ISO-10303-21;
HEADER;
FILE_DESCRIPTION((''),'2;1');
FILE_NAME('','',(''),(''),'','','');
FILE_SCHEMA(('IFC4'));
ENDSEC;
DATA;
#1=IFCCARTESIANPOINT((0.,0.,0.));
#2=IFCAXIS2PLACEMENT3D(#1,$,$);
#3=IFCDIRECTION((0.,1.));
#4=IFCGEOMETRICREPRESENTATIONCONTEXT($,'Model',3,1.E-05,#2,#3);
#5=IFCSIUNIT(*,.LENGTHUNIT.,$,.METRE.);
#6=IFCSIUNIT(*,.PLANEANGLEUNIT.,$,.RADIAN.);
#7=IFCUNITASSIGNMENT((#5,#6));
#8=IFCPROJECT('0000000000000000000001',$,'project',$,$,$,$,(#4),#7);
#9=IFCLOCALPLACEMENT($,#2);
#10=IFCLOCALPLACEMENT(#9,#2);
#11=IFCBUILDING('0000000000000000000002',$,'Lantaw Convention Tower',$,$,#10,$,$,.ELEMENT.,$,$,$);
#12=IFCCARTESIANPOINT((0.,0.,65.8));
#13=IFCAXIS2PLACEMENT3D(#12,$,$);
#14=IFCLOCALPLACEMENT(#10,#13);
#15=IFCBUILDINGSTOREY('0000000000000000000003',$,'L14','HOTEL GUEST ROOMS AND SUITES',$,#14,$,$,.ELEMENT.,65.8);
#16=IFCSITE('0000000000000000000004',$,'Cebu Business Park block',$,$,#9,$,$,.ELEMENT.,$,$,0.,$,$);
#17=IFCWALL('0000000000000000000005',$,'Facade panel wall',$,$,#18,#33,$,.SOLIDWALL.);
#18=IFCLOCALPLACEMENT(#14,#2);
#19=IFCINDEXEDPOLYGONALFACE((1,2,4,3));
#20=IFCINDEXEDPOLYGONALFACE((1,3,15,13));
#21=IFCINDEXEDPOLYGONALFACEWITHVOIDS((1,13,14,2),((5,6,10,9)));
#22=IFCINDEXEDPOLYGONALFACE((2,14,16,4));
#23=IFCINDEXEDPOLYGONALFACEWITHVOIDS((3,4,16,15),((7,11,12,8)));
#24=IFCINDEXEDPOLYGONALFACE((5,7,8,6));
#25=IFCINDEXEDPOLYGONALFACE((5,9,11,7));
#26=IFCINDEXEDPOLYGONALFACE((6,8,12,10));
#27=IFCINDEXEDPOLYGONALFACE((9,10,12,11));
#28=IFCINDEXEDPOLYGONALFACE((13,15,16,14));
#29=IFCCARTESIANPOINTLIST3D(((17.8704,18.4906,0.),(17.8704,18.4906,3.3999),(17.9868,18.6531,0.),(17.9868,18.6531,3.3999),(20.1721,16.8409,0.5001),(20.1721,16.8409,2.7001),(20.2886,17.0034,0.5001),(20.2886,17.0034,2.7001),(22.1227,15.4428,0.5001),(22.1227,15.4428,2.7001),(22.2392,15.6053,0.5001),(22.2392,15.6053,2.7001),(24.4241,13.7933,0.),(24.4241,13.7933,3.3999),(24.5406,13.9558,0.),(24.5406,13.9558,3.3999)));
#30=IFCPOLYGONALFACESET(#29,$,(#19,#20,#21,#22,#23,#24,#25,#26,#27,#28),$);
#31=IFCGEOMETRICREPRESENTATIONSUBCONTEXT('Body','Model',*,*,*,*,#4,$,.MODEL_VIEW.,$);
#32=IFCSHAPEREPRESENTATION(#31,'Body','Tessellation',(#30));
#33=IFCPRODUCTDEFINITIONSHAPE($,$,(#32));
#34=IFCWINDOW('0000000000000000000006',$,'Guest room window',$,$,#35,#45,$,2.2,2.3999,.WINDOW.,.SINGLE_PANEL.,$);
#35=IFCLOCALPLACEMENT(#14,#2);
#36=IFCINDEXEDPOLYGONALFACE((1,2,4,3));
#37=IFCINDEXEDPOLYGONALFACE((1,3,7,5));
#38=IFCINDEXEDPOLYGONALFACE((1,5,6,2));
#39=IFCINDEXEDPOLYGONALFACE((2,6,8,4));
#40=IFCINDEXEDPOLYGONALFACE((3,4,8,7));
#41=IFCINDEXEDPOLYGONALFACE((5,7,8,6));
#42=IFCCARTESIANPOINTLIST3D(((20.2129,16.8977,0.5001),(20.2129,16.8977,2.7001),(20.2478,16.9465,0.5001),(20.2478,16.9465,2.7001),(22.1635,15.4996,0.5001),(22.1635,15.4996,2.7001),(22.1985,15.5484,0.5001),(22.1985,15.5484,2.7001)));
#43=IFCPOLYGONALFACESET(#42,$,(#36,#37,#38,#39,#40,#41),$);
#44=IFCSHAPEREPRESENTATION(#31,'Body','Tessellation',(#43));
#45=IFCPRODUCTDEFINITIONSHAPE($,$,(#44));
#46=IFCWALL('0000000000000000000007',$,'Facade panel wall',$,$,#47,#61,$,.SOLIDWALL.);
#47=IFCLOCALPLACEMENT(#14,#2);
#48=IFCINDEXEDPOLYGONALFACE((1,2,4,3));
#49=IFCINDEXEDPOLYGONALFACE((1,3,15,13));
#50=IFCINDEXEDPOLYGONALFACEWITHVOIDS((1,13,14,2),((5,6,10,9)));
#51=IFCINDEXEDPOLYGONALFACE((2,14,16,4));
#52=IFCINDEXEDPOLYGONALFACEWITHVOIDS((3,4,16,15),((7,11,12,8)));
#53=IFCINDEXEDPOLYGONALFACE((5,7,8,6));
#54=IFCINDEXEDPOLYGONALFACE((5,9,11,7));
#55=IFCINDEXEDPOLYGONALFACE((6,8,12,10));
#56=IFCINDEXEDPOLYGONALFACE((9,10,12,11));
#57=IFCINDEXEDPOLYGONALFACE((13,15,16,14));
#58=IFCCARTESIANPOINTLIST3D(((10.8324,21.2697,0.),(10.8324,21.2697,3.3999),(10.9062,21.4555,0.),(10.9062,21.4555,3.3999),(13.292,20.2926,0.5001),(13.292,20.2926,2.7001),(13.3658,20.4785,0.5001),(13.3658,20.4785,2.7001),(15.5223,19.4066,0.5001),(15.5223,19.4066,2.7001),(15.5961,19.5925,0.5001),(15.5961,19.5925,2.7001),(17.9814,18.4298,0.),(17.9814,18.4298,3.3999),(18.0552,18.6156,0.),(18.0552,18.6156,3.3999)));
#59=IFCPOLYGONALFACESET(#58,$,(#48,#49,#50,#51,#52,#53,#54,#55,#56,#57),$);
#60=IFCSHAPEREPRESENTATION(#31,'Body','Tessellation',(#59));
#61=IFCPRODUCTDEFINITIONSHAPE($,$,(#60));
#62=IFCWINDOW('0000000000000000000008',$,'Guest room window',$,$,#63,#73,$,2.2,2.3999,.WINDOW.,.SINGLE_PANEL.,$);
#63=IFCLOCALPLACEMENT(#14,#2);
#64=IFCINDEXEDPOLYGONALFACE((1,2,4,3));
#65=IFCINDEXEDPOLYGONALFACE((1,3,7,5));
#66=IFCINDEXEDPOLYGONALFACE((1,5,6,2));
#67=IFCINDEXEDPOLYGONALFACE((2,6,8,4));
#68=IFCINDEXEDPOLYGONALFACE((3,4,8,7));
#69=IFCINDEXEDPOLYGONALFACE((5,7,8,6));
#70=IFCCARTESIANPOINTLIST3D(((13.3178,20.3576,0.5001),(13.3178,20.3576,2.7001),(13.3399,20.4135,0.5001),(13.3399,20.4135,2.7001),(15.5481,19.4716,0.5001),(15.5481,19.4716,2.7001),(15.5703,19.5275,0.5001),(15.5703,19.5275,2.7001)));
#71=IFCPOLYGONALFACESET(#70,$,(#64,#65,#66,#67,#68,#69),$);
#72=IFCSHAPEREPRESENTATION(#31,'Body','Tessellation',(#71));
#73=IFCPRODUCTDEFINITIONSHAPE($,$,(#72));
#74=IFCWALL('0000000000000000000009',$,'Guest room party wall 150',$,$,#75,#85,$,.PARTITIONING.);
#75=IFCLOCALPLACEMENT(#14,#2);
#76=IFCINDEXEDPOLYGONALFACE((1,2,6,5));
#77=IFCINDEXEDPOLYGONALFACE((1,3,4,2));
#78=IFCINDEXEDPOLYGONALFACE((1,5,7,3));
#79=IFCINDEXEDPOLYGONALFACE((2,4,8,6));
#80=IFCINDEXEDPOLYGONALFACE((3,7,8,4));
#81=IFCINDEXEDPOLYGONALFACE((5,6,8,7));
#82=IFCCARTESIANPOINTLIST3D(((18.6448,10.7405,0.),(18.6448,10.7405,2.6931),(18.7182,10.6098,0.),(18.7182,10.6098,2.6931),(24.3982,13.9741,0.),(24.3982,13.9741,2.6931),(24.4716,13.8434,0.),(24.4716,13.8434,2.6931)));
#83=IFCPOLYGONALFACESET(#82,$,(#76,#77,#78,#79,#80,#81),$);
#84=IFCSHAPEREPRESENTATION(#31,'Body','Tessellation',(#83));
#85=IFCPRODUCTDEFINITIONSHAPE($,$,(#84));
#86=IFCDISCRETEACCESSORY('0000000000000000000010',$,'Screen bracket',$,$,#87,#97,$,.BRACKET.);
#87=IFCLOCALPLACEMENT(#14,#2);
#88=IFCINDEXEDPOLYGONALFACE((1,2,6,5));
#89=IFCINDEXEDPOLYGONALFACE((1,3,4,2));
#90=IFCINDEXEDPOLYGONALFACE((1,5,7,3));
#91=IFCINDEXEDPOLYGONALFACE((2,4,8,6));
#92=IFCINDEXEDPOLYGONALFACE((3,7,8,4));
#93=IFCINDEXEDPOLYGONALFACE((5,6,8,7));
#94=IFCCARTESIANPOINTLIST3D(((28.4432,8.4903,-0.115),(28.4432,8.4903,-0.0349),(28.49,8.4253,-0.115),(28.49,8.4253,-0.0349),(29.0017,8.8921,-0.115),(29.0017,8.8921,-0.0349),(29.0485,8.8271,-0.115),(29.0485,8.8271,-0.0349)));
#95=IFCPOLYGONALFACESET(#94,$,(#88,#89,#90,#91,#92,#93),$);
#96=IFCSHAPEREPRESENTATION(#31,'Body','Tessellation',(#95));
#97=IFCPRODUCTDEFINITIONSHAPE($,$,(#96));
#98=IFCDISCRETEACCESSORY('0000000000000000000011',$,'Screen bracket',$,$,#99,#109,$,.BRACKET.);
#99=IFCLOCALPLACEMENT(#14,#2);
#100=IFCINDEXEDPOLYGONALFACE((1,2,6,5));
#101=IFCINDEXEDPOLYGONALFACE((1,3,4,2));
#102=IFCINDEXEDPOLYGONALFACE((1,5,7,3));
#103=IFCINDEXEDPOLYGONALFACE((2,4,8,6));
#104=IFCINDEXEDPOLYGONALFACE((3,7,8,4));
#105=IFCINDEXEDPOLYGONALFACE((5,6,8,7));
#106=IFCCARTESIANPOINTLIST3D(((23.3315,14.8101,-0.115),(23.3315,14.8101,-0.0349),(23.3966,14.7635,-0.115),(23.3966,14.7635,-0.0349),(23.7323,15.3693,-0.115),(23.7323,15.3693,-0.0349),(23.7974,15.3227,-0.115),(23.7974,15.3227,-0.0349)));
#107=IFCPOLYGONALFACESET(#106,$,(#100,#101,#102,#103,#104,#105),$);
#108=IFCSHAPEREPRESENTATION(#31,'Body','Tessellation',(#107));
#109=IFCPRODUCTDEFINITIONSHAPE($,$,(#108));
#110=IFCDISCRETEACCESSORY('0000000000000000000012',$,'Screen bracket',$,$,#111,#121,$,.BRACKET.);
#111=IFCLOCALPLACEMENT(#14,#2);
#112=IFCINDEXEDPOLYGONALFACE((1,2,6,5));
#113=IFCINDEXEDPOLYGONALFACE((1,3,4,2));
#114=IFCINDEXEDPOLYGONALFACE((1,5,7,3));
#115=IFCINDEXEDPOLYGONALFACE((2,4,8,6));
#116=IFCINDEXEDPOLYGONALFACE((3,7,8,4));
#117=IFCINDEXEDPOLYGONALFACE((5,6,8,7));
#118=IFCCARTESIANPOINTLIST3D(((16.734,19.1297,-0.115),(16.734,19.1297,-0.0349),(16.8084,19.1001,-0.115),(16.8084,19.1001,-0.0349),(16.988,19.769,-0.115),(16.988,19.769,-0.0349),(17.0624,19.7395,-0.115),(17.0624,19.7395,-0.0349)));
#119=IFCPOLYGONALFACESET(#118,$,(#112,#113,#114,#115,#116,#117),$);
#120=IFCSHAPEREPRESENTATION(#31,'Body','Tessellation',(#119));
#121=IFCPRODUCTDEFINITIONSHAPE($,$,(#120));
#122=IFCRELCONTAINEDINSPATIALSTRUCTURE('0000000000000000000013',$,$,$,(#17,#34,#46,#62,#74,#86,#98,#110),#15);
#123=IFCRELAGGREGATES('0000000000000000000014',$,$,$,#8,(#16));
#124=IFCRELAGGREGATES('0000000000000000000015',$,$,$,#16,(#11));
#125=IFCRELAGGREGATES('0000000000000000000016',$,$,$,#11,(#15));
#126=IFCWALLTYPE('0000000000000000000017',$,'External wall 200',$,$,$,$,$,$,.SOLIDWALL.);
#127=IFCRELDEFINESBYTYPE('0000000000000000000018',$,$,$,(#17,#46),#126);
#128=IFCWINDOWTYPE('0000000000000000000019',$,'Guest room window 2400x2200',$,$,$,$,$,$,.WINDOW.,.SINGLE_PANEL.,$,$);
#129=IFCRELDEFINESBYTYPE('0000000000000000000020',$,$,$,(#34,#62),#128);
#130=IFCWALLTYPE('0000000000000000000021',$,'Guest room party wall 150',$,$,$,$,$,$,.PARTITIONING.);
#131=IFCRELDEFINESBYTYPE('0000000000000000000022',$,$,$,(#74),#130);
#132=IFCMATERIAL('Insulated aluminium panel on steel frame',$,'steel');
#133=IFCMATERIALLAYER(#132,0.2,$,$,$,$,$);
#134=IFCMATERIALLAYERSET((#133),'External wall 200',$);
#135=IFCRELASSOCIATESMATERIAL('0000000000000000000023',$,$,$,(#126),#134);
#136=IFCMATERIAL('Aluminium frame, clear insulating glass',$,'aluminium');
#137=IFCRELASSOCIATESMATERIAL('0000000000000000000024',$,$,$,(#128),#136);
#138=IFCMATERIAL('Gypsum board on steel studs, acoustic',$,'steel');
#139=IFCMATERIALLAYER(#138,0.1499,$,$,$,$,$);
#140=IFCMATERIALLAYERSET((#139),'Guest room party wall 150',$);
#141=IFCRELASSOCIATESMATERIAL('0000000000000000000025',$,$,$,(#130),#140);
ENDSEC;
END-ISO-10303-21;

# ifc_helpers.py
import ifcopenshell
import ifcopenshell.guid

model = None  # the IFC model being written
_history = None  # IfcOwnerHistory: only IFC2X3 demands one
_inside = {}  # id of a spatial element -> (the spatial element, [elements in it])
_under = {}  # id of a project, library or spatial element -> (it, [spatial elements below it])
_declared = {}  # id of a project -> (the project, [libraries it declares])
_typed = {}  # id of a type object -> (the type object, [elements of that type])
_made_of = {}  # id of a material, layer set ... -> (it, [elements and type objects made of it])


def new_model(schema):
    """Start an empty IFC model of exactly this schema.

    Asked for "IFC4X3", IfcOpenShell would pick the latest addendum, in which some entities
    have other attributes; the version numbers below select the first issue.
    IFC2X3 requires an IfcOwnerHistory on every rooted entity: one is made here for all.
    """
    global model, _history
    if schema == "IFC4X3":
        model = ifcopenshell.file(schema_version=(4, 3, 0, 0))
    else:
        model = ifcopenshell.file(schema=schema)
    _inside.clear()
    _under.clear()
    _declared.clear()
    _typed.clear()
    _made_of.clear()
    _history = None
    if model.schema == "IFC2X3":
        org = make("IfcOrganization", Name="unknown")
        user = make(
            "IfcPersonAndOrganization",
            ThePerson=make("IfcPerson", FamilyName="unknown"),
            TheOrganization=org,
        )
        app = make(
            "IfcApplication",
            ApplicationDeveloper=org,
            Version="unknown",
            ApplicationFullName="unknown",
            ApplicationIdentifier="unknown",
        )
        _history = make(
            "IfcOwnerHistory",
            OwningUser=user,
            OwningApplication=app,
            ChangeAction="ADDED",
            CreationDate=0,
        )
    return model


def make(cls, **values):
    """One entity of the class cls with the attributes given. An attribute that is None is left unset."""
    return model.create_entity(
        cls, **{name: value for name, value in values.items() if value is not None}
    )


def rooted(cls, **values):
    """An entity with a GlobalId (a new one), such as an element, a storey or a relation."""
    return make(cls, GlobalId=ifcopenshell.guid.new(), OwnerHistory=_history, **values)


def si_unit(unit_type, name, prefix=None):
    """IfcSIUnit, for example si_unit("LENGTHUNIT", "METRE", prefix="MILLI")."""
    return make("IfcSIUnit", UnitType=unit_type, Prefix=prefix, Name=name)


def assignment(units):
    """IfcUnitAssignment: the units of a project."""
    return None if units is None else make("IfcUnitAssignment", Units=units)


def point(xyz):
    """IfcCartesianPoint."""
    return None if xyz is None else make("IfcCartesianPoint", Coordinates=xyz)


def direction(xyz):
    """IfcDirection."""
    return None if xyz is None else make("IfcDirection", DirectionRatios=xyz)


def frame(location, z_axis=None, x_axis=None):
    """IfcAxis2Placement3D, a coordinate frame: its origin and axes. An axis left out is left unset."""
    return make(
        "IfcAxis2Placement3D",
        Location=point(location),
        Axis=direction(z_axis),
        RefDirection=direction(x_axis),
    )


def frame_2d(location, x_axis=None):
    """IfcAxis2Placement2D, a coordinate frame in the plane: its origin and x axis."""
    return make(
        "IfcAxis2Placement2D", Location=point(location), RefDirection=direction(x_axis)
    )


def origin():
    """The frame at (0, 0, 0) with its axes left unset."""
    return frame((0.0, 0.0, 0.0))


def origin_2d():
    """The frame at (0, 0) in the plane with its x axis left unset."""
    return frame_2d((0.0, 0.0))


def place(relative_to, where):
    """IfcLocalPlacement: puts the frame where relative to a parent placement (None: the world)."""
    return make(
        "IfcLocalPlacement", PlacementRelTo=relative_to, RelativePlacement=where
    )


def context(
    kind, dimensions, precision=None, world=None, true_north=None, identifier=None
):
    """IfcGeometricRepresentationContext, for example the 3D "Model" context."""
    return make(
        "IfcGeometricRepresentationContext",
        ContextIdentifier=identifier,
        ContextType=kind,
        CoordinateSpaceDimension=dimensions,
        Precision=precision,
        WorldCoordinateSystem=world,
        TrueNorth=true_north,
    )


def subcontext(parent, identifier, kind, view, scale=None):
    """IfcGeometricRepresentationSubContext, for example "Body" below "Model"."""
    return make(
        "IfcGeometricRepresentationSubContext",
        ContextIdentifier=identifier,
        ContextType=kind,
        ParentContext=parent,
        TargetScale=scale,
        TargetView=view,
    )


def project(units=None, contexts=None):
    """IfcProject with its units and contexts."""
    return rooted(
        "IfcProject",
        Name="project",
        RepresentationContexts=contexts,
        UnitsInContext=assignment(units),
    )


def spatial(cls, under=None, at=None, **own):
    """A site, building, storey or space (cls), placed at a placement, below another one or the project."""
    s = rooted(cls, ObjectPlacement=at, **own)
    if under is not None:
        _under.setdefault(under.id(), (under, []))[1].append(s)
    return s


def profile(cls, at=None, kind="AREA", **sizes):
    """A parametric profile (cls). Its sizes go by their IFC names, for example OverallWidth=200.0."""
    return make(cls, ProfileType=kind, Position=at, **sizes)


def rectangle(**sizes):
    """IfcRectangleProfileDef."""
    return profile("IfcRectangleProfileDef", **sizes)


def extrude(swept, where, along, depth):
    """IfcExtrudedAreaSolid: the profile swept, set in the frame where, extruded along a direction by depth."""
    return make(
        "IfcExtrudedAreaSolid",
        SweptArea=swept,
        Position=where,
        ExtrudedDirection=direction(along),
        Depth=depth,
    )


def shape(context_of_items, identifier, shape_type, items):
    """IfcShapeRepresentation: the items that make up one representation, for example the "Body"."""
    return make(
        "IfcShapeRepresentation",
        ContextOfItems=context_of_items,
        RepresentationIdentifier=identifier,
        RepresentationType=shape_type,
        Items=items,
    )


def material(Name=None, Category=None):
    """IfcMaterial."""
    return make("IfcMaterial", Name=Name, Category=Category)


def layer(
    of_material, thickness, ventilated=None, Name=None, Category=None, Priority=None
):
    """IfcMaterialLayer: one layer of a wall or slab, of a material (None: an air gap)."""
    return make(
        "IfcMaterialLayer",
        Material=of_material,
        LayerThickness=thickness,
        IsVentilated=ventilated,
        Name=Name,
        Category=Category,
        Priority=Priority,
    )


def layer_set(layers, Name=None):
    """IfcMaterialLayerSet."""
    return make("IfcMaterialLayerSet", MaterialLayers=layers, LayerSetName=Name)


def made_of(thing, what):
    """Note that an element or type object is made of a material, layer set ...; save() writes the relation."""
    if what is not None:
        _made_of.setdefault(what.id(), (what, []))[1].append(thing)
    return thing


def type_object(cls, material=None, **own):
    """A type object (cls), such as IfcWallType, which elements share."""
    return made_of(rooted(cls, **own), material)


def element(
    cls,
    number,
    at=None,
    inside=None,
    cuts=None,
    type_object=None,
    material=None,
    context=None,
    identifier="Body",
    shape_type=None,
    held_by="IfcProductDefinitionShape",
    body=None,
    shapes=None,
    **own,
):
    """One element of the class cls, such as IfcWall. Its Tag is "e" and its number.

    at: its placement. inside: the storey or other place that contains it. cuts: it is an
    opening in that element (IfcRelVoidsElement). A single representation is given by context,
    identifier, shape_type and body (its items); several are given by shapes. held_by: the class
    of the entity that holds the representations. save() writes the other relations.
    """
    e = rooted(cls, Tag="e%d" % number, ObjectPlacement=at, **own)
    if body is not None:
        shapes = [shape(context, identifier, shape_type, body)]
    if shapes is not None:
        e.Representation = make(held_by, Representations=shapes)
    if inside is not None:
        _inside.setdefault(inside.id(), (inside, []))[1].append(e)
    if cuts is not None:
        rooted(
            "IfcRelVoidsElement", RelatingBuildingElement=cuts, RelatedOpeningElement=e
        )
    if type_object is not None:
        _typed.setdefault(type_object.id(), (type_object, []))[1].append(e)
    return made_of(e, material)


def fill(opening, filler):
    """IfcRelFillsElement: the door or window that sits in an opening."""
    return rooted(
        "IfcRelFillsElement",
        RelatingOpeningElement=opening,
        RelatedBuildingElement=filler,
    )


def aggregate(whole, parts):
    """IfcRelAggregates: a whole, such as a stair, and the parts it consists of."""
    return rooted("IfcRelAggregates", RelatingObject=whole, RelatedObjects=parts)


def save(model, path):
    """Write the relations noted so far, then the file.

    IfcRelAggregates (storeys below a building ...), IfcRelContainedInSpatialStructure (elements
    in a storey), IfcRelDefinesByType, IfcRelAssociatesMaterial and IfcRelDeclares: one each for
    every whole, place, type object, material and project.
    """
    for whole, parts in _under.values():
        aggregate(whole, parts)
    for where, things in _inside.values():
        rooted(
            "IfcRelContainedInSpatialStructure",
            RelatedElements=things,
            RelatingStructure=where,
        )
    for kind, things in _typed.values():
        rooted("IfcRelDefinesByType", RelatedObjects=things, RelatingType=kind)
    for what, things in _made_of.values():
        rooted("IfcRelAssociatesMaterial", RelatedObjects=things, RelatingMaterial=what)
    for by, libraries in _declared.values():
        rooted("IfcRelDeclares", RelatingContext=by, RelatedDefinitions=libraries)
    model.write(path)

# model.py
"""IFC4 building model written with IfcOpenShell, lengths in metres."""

from ifc_helpers import new_model, si_unit, direction, frame, frame_2d, origin, origin_2d, place, context, subcontext, project, spatial, rectangle, extrude, material, layer, layer_set, type_object, element, fill, save


model = new_model("IFC4")

# Units and contexts
model_context = context("Model", 3, precision=1e-05, world=origin(), true_north=direction((0.0, 1.0)))
body_context = subcontext(model_context, "Body", "Model", "MODEL_VIEW")
ifc_project = project(units=[si_unit("LENGTHUNIT", "METRE"), si_unit("PLANEANGLEUNIT", "RADIAN")], contexts=[model_context])

# Site, building, storey
site_placement = place(None, origin())
site = spatial("IfcSite", under=ifc_project, at=site_placement, Name="Cebu Business Park block", CompositionType="ELEMENT", RefElevation=0.0)
building_placement = place(site_placement, origin())
building = spatial("IfcBuilding", under=site, at=building_placement, Name="Lantaw Convention Tower", CompositionType="ELEMENT")
storey_placement = place(building_placement, frame((0.0, 0.0, 65.8)))
storey = spatial("IfcBuildingStorey", under=building, at=storey_placement, Name="L14", Description="HOTEL GUEST ROOMS AND SUITES", CompositionType="ELEMENT", Elevation=65.8)

# Walls, openings, windows
ifc_material_1 = material(Name="Insulated aluminium panel on steel frame", Category="steel")
ifc_layer_1 = layer(ifc_material_1, 0.2)
ifc_layer_set_1 = layer_set([ifc_layer_1], Name="External wall 200")
wall_type_1 = type_object("IfcWallType", Name="External wall 200", PredefinedType="SOLIDWALL", material=ifc_layer_set_1)
ifc_material_2 = material(Name="Aluminium frame, clear insulating glass", Category="aluminium")
window_type = type_object("IfcWindowType", Name="Guest room window 2400x2200", PartitioningType="SINGLE_PANEL", PredefinedType="WINDOW", material=ifc_material_2)
wall_1_placement = place(storey_placement, frame((24.4824, 13.8745, 0.0), z_axis=(0.0, 0.0, 1.0), x_axis=(-0.812791, 0.582555, 0.0)))
wall_1 = element("IfcWall", 1, at=wall_1_placement, inside=storey, type_object=wall_type_1, Name="Facade panel wall", PredefinedType="SOLIDWALL", context=body_context, shape_type="SweptSolid", body=[
    extrude(rectangle(XDim=8.0632, YDim=0.2, at=frame_2d((4.0317, 0.0))), origin(), (0.0, 0.0, 1.0), 3.3999),
])
opening_1_placement = place(wall_1_placement, frame((2.8315, 0.0, 0.5)))
opening_1 = element("IfcOpeningElement", 2, at=opening_1_placement, cuts=wall_1, PredefinedType="OPENING", context=body_context, shape_type="SweptSolid", body=[
    extrude(rectangle(XDim=2.3999, YDim=2.2, at=frame_2d((1.2, 1.1001))), frame((0.0, 0.1099, 0.0), z_axis=(0.0, -1.0, 0.0), x_axis=(1.0, 0.0, 0.0)), (0.0, 0.0, 1.0), 0.22),
])
window_1_placement = place(opening_1_placement, origin())
window_1 = element("IfcWindow", 3, at=window_1_placement, inside=storey, type_object=window_type, Name="Guest room window", OverallHeight=2.2, OverallWidth=2.3999, PartitioningType="SINGLE_PANEL", PredefinedType="WINDOW", context=body_context, shape_type="SweptSolid", body=[
    extrude(rectangle(XDim=2.3999, YDim=2.2, at=frame_2d((1.2, 1.1001))), frame((0.0, 0.03, 0.0), z_axis=(0.0, -1.0, 0.0), x_axis=(1.0, 0.0, 0.0)), (0.0, 0.0, 1.0), 0.0601),
])
fill(opening_1, window_1)
wall_2_placement = place(storey_placement, frame((18.0183, 18.5227, 0.0), z_axis=(0.0, 0.0, 1.0), x_axis=(-0.929358, 0.369179, 0.0)))
wall_2 = element("IfcWall", 4, at=wall_2_placement, inside=storey, type_object=wall_type_1, Name="Facade panel wall", PredefinedType="SOLIDWALL", context=body_context, shape_type="SweptSolid", body=[
    extrude(rectangle(XDim=7.6924, YDim=0.2, at=frame_2d((3.8462, 0.0))), origin(), (0.0, 0.0, 1.0), 3.3999),
])
opening_2_placement = place(wall_2_placement, frame((2.646, 0.0, 0.5)))
opening_2 = element("IfcOpeningElement", 5, at=opening_2_placement, cuts=wall_2, PredefinedType="OPENING", context=body_context, shape_type="SweptSolid", body=[
    extrude(rectangle(XDim=2.3999, YDim=2.2, at=frame_2d((1.2, 1.1001))), frame((0.0, 0.1099, 0.0), z_axis=(0.0, -1.0, 0.0), x_axis=(1.0, 0.0, 0.0)), (0.0, 0.0, 1.0), 0.22),
])
window_2_placement = place(opening_2_placement, origin())
window_2 = element("IfcWindow", 6, at=window_2_placement, inside=storey, type_object=window_type, Name="Guest room window", OverallHeight=2.2, OverallWidth=2.3999, PartitioningType="SINGLE_PANEL", PredefinedType="WINDOW", context=body_context, shape_type="SweptSolid", body=[
    extrude(rectangle(XDim=2.3999, YDim=2.2, at=frame_2d((1.2, 1.1001))), frame((0.0, 0.03, 0.0), z_axis=(0.0, -1.0, 0.0), x_axis=(1.0, 0.0, 0.0)), (0.0, 0.0, 1.0), 0.0601),
])
fill(opening_2, window_2)

# Wall
ifc_material_3 = material(Name="Gypsum board on steel studs, acoustic", Category="steel")
ifc_layer_2 = layer(ifc_material_3, 0.1499)
ifc_layer_set_2 = layer_set([ifc_layer_2], Name="Guest room party wall 150")
wall_type_2 = type_object("IfcWallType", Name="Guest room party wall 150", PredefinedType="PARTITIONING", material=ifc_layer_set_2)
wall_3_placement = place(storey_placement, frame((24.4348, 13.9087, 0.0), z_axis=(0.0, 0.0, 1.0), x_axis=(-0.871747, -0.489956, 0.0)))
element("IfcWall", 7, at=wall_3_placement, inside=storey, type_object=wall_type_2, Name="Guest room party wall 150", PredefinedType="PARTITIONING", context=body_context, shape_type="SweptSolid", body=[
    extrude(rectangle(XDim=6.5999, YDim=0.1499, at=frame_2d((3.2998, 0.0))), origin(), (0.0, 0.0, 1.0), 2.6931),
])

# Discrete accessories
for number, where, z_axis, x_axis, name in (
    (8, (28.7458, 8.6587, -0.115), (0.0, 0.0, 1.0), (-0.583951, 0.811789, 0.0), "Screen bracket"),
    (9, (23.5645, 15.0664, -0.115), (0.0, 0.0, 1.0), (-0.812804, 0.582538, 0.0), "Screen bracket"),
    (10, (16.8982, 19.4346, -0.115), (0.0, 0.0, 1.0), (-0.929361, 0.369172, 0.0), "Screen bracket"),
):
    element("IfcDiscreteAccessory", number, at=place(storey_placement, frame(where, z_axis=z_axis, x_axis=x_axis)), inside=storey, Name=name, PredefinedType="BRACKET", context=body_context, shape_type="SweptSolid", body=[
        extrude(rectangle(XDim=0.0801, YDim=0.688, at=origin_2d()), origin(), (0.0, 0.0, 1.0), 0.0801),
    ])

save(model, "model.ifc")
